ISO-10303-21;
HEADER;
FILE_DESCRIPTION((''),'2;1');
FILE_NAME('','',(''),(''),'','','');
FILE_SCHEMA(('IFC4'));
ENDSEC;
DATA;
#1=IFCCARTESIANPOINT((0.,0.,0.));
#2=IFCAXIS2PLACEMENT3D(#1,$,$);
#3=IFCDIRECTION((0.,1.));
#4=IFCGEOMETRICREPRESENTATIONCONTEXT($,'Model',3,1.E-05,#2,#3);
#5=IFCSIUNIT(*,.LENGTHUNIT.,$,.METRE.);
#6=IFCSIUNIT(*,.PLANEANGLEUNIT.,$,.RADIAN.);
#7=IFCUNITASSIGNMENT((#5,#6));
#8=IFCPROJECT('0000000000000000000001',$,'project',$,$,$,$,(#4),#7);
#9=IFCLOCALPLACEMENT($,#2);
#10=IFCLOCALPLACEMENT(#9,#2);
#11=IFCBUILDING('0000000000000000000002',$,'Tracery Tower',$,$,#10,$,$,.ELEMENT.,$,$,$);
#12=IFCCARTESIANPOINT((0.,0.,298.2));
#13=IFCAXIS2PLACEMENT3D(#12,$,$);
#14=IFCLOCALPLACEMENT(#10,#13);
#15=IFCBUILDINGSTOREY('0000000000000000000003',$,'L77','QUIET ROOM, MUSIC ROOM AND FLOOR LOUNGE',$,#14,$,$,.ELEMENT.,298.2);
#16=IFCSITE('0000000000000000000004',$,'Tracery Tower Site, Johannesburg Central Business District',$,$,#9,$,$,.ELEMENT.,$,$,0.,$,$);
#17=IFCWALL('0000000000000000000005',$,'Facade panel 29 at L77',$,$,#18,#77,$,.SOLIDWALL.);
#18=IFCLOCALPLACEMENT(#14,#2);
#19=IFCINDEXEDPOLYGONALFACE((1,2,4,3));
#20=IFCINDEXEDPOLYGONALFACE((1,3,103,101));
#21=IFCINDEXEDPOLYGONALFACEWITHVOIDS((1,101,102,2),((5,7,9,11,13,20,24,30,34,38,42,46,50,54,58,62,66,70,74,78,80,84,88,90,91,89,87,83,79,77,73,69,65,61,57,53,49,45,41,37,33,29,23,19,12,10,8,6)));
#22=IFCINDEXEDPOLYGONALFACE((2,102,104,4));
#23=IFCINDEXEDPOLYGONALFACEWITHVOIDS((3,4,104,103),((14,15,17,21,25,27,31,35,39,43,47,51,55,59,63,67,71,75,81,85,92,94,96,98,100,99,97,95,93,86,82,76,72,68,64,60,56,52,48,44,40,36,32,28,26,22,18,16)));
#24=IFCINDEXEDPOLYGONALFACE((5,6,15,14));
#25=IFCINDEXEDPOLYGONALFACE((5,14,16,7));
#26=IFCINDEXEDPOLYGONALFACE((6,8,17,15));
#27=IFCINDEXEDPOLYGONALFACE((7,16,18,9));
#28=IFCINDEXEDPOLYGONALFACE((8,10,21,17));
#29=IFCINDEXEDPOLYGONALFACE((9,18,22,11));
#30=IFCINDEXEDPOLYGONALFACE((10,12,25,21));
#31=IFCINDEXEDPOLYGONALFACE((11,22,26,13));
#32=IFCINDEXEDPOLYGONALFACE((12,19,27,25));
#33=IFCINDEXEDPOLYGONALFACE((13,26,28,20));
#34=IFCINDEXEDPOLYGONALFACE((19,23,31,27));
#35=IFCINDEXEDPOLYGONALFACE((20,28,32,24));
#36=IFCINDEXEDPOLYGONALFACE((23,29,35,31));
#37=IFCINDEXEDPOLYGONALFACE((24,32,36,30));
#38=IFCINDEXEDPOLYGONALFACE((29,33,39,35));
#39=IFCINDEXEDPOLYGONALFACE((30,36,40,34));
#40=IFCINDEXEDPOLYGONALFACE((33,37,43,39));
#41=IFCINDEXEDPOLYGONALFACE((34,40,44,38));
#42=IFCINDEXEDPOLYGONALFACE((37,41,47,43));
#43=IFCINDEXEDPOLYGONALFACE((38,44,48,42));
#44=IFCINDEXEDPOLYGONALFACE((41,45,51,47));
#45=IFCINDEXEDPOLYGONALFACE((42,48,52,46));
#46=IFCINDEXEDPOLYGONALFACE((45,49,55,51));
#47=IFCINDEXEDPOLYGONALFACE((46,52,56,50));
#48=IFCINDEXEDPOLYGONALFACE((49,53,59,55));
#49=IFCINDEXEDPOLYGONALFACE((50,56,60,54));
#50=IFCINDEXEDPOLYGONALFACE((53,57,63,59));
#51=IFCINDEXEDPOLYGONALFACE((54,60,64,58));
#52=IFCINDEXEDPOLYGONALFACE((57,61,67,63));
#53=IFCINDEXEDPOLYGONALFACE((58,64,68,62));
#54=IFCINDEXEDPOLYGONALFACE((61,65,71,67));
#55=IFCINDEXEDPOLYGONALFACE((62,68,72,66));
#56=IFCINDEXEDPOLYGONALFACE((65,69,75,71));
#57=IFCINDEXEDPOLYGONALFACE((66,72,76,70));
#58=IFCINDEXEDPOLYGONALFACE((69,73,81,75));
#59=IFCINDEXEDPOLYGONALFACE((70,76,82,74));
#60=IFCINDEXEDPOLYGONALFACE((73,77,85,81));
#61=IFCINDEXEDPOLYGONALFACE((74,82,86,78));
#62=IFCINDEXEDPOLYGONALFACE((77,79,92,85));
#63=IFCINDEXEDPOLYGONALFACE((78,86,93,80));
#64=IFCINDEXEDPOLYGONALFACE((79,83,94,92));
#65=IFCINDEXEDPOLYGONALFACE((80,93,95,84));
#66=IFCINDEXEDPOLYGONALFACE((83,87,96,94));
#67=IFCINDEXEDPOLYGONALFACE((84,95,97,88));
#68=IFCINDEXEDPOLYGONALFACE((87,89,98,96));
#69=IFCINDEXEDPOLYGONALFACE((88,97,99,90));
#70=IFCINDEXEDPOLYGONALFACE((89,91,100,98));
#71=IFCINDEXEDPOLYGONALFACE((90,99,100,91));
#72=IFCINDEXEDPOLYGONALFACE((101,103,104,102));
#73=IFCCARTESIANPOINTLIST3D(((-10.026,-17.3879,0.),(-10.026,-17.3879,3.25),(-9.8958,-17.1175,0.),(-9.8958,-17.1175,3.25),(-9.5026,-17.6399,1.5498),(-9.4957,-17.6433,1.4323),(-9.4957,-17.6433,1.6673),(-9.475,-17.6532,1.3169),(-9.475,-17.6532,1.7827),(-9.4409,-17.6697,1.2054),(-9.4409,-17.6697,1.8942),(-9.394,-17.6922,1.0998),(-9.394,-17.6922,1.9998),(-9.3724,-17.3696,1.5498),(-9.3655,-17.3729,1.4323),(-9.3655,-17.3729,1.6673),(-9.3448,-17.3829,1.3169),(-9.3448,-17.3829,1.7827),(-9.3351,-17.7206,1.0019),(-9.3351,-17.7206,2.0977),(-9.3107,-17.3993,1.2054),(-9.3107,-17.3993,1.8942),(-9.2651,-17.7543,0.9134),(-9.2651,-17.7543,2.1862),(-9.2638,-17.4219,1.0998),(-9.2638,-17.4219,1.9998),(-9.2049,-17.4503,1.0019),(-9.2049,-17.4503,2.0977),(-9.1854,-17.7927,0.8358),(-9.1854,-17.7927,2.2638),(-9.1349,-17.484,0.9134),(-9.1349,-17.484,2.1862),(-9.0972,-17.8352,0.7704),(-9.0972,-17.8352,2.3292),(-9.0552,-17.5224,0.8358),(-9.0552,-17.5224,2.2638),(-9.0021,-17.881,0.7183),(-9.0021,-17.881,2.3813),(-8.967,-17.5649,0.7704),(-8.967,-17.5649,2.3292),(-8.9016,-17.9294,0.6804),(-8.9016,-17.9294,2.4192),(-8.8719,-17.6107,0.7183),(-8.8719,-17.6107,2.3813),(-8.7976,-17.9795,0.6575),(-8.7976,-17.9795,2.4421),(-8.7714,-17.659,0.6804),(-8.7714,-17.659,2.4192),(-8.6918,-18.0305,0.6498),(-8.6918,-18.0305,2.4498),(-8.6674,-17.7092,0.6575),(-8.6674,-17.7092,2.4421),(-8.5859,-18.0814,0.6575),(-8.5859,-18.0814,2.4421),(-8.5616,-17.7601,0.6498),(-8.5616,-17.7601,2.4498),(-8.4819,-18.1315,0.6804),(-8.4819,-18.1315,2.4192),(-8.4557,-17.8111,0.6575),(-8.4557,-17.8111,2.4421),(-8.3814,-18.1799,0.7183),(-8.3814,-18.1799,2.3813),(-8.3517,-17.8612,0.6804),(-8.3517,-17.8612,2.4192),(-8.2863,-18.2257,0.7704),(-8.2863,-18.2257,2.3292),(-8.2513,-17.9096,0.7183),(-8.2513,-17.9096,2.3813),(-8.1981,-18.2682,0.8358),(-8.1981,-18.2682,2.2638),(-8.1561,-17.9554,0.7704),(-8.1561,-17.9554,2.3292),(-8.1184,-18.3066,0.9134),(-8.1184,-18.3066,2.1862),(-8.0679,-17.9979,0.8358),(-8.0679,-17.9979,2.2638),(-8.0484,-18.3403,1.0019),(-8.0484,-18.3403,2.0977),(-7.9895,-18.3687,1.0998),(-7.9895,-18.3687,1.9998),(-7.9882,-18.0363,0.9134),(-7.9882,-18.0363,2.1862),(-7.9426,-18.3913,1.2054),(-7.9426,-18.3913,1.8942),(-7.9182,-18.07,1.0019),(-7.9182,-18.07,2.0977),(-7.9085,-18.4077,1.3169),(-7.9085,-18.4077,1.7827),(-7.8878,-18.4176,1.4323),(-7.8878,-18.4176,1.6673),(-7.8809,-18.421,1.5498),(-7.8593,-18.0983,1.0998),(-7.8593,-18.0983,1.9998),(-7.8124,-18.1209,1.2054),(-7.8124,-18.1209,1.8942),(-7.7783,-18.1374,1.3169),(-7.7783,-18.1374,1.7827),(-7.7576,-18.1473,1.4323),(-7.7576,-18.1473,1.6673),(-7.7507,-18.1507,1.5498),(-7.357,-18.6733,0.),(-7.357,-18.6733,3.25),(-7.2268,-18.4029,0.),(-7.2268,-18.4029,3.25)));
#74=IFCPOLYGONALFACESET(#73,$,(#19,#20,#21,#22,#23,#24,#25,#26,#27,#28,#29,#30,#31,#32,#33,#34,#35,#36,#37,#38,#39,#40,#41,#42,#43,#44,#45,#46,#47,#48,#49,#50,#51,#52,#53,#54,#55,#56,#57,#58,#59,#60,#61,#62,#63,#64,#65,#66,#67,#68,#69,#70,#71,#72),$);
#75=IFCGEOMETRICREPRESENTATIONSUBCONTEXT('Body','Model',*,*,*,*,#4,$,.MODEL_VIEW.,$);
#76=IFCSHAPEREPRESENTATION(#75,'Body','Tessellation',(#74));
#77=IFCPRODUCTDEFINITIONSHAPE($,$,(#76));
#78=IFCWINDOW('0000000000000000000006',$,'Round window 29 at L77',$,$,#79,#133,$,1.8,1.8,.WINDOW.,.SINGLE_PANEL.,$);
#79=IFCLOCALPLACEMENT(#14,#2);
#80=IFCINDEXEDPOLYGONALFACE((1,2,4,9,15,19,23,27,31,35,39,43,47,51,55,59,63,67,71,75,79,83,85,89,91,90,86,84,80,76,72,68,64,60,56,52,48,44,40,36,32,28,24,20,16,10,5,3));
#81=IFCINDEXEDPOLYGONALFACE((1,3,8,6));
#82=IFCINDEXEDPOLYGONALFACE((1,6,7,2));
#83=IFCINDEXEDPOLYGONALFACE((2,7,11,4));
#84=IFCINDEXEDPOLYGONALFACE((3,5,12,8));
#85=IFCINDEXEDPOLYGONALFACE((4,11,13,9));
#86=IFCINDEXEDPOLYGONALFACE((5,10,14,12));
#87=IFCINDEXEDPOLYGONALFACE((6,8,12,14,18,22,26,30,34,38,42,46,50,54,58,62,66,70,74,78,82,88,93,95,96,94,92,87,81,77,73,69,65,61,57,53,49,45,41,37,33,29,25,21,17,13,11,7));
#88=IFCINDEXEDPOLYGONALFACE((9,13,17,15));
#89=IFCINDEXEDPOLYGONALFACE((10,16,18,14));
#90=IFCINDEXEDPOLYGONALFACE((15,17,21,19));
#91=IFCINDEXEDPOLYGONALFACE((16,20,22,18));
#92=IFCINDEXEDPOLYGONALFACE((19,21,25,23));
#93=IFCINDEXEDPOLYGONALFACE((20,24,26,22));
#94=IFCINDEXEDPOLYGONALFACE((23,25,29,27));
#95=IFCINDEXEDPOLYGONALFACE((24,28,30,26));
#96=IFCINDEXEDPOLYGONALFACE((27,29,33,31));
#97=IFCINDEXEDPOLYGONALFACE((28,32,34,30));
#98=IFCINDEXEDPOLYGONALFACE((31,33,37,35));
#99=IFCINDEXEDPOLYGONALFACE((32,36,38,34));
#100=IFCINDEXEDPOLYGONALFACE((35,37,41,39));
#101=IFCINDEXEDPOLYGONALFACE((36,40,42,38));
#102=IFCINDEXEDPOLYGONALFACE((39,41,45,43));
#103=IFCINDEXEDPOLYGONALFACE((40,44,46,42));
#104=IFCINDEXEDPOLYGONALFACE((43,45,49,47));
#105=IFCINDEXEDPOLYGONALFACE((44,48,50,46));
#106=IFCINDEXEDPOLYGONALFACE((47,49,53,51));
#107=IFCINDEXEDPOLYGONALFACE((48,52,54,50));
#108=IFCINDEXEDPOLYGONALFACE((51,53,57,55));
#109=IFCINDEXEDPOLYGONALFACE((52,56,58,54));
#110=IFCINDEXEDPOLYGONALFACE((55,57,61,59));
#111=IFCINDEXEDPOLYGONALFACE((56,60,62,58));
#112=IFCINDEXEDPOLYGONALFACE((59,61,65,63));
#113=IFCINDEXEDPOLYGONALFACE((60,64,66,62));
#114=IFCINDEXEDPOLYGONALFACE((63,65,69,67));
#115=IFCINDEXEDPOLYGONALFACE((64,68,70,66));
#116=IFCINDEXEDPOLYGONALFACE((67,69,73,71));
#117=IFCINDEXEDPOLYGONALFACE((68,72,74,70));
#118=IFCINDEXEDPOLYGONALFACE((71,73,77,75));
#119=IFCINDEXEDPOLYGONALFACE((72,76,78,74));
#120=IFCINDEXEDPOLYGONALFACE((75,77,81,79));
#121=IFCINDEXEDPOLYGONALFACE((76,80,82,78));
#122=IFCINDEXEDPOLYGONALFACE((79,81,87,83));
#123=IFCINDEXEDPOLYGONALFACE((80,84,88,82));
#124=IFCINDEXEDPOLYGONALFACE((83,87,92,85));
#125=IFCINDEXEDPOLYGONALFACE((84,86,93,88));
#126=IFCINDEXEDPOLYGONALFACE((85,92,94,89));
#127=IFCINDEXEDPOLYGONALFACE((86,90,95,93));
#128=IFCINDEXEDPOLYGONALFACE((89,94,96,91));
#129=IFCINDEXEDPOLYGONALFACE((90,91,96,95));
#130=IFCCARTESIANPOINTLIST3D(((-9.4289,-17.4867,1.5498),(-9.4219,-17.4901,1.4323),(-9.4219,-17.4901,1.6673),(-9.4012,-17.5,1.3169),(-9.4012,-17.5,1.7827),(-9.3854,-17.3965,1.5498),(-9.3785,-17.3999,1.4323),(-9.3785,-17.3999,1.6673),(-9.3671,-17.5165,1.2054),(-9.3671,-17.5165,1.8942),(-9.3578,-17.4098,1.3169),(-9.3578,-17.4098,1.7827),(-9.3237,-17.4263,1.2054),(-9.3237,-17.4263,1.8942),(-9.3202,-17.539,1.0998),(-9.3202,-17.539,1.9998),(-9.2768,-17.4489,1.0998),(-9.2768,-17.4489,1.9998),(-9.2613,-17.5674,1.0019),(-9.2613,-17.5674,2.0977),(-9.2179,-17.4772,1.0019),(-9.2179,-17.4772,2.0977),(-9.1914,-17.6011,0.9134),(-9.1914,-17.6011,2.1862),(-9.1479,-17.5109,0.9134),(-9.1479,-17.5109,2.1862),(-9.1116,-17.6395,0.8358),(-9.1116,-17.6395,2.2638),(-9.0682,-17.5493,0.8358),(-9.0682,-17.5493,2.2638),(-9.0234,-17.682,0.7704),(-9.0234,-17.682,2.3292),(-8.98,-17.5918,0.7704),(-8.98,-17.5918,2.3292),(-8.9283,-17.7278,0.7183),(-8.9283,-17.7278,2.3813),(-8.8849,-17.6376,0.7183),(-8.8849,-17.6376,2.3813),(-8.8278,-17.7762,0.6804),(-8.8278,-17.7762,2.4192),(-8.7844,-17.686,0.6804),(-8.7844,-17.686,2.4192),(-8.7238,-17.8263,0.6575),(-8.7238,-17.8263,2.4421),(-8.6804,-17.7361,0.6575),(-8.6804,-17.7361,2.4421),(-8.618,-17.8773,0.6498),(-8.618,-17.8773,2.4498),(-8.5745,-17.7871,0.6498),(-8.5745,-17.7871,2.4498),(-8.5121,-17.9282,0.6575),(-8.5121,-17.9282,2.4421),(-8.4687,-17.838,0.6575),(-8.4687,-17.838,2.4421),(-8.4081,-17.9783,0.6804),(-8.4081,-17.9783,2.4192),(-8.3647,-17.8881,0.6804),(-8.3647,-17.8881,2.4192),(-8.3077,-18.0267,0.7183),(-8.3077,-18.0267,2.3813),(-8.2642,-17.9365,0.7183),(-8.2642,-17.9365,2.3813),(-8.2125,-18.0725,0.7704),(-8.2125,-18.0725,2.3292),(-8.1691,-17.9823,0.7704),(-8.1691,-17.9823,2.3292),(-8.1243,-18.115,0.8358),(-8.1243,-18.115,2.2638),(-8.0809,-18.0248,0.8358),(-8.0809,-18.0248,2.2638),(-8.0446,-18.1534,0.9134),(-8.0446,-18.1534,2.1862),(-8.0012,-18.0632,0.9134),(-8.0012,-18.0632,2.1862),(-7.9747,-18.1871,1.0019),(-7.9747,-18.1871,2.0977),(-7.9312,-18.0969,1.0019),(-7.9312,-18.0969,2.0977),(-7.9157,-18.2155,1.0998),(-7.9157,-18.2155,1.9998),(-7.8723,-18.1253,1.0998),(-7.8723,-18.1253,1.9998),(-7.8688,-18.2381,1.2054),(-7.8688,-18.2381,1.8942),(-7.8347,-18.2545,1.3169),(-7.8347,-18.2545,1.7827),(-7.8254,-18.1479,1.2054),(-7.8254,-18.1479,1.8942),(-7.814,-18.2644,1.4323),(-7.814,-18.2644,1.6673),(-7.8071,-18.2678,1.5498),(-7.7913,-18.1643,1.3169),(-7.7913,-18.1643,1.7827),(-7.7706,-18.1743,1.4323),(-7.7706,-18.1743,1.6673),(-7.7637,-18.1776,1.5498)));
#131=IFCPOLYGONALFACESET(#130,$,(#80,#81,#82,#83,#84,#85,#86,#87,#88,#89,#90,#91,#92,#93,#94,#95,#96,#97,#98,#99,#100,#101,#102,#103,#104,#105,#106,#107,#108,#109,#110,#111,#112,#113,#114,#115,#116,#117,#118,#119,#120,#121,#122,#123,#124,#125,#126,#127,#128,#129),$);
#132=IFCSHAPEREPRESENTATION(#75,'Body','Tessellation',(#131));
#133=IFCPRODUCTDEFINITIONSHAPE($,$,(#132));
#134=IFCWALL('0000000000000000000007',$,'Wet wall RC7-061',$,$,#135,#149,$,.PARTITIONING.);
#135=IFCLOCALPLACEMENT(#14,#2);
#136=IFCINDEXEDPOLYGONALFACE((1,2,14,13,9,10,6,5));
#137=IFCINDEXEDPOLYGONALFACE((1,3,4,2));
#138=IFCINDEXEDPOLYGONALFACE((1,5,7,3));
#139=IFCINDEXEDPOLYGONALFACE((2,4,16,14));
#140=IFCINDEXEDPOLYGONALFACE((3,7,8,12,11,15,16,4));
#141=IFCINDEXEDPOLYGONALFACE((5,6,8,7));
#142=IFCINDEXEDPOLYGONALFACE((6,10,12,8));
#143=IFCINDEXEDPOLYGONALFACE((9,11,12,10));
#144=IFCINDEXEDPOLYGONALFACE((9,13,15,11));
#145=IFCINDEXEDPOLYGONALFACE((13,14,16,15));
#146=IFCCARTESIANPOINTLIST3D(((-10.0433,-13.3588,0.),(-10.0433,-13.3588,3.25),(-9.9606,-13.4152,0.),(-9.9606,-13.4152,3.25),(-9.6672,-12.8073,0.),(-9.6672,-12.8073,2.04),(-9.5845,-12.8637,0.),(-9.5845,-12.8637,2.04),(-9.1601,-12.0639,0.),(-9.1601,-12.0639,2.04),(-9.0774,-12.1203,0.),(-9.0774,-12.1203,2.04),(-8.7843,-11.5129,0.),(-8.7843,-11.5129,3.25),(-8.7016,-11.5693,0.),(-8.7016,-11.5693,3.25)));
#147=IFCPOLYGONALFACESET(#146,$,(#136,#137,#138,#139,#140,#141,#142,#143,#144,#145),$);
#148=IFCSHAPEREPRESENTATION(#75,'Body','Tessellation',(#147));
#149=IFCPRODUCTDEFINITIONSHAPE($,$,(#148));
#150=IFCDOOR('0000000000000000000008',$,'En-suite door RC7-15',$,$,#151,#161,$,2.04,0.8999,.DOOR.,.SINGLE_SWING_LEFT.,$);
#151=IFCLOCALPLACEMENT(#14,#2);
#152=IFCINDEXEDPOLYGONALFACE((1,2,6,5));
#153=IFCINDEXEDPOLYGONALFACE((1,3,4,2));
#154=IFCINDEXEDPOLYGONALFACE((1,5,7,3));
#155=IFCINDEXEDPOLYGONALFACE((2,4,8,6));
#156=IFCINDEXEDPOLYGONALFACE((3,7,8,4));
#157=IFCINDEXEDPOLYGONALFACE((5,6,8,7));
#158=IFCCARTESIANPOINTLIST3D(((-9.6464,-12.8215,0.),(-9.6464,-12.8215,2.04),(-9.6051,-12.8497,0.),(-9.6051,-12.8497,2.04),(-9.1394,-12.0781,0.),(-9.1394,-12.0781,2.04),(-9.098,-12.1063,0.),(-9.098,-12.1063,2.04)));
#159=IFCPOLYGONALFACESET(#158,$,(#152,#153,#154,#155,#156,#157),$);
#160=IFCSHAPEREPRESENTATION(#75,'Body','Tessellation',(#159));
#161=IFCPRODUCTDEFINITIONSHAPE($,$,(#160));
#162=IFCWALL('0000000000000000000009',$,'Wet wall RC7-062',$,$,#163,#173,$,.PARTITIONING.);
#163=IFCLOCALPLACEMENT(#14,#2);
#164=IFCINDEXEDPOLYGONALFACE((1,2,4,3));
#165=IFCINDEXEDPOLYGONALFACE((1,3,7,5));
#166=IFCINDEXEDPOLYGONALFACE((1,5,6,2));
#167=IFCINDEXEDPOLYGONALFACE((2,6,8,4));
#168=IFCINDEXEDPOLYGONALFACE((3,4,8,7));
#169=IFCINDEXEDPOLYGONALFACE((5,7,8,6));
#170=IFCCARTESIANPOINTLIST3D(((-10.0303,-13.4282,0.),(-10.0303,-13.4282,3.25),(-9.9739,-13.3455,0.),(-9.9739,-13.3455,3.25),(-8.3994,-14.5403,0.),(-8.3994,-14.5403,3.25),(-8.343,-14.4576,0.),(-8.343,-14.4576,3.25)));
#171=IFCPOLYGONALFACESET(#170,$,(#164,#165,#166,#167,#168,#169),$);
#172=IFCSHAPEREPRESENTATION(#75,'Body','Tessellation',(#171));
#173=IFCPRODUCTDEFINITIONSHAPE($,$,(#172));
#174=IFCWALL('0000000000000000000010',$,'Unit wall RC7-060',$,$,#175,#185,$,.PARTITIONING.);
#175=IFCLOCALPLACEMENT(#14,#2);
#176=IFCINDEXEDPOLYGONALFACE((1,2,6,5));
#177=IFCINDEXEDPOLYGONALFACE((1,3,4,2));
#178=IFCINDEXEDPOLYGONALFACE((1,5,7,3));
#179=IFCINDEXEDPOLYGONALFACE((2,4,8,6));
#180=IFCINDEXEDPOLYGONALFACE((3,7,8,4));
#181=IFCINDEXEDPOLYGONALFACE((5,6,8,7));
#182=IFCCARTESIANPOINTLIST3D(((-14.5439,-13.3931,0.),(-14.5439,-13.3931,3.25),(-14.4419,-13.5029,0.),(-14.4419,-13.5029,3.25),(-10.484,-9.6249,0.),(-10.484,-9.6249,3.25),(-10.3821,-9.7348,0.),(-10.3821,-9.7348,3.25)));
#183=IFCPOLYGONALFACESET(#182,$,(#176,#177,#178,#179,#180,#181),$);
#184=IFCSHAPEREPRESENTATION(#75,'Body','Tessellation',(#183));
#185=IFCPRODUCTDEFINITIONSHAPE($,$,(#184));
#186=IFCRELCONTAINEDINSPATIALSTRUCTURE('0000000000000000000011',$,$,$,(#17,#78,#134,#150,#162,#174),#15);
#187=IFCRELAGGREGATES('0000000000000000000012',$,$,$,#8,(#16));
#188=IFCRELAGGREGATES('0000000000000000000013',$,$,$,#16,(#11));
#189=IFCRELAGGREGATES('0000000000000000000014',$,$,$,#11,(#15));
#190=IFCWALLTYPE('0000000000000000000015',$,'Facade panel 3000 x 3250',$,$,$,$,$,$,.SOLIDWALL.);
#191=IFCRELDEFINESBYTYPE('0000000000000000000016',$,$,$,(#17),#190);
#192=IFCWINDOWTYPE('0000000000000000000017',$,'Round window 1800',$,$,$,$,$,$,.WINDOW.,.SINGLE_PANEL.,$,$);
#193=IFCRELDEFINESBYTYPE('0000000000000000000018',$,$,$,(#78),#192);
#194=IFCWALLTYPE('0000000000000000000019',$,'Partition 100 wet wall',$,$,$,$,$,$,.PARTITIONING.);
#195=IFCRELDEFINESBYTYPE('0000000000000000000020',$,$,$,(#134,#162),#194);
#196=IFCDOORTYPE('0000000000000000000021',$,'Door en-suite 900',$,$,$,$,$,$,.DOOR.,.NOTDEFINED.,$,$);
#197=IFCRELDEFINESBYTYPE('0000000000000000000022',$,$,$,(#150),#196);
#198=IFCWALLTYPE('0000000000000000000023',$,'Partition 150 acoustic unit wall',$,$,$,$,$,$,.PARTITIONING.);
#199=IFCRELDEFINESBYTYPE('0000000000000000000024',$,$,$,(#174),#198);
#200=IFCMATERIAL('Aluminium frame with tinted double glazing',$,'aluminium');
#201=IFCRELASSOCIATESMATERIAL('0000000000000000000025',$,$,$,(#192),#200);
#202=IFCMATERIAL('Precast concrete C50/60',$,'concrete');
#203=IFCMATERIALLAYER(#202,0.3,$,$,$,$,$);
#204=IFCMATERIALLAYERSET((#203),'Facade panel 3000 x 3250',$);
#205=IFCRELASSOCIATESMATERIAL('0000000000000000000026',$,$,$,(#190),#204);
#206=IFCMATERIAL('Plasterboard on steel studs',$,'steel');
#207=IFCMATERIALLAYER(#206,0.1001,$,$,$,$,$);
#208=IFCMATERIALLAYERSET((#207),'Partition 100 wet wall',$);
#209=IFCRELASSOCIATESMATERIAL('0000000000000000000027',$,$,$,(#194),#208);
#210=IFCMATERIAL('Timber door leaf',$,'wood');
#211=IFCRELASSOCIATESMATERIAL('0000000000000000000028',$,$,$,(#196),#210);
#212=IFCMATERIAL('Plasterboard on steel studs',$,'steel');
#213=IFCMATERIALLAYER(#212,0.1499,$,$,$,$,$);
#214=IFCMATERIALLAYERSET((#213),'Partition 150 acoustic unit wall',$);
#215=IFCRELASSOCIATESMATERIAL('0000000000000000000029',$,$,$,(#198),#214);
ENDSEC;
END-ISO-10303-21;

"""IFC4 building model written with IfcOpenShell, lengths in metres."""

from ifc_helpers import new_model, si_unit, direction, frame, frame_2d, origin, origin_2d, place, context, subcontext, project, spatial, rectangle, circle, extrude, material, layer, layer_set, type_object, element, fill, save


model = new_model("IFC4")

# Units and contexts
model_context = context("Model", 3, precision=1e-05, world=origin(), true_north=direction((0.0, 1.0)))
body_context = subcontext(model_context, "Body", "Model", "MODEL_VIEW")
ifc_project = project(units=[si_unit("LENGTHUNIT", "METRE"), si_unit("PLANEANGLEUNIT", "RADIAN")], contexts=[model_context])

# Site, building, storey
site_placement = place(None, origin())
site = spatial("IfcSite", under=ifc_project, at=site_placement, Name="Tracery Tower Site, Johannesburg Central Business District", CompositionType="ELEMENT", RefElevation=0.0)
building_placement = place(site_placement, origin())
building = spatial("IfcBuilding", under=site, at=building_placement, Name="Tracery Tower", CompositionType="ELEMENT")
storey_placement = place(building_placement, frame((0.0, 0.0, 298.2)))
storey = spatial("IfcBuildingStorey", under=building, at=storey_placement, Name="L77", Description="QUIET ROOM, MUSIC ROOM AND FLOOR LOUNGE", CompositionType="ELEMENT", Elevation=298.2)

# Wall, opening, window
ifc_material_1 = material(Name="Aluminium frame with tinted double glazing", Category="aluminium")
window_type = type_object("IfcWindowType", Name="Round window 1800", PartitioningType="SINGLE_PANEL", PredefinedType="WINDOW", material=ifc_material_1)
ifc_material_2 = material(Name="Precast concrete C50/60", Category="concrete")
ifc_layer_1 = layer(ifc_material_2, 0.3)
ifc_layer_set_1 = layer_set([ifc_layer_1], Name="Facade panel 3000 x 3250")
wall_type_1 = type_object("IfcWallType", Name="Facade panel 3000 x 3250", PredefinedType="SOLIDWALL", material=ifc_layer_set_1)
wall_1_placement = place(storey_placement, frame((-9.9609, -17.2527, 0.0), z_axis=(0.0, 0.0, 1.0), x_axis=(0.900955, -0.433912, 0.0)))
wall_1 = element("IfcWall", 1, at=wall_1_placement, inside=storey, type_object=wall_type_1, Name="Facade panel 29 at L77", PredefinedType="SOLIDWALL", context=body_context, shape_type="SweptSolid", body=[
    extrude(rectangle(XDim=2.9624, YDim=0.3, at=frame_2d((1.4812, 0.0))), origin(), (0.0, 0.0, 1.0), 3.25),
])
opening_1_placement = place(wall_1_placement, frame((1.481, 0.0, 1.5498)))
opening_1 = element("IfcOpeningElement", 2, at=opening_1_placement, cuts=wall_1, PredefinedType="OPENING", context=body_context, shape_type="SweptSolid", body=[
    extrude(circle(Radius=0.9, at=origin_2d()), frame((0.0, 0.1599, 0.0), z_axis=(0.0, -1.0, 0.0), x_axis=(1.0, 0.0, 0.0)), (0.0, 0.0, 1.0), 0.3201),
])
window_1_placement = place(opening_1_placement, origin())
window_1 = element("IfcWindow", 3, at=window_1_placement, inside=storey, type_object=window_type, Name="Round window 29 at L77", OverallHeight=1.8, OverallWidth=1.8, PartitioningType="SINGLE_PANEL", PredefinedType="WINDOW", context=body_context, shape_type="SweptSolid", body=[
    extrude(circle(Radius=0.9, at=origin_2d()), frame((0.0, 0.1201, 0.0), z_axis=(0.0, -1.0, 0.0), x_axis=(1.0, 0.0, 0.0)), (0.0, 0.0, 1.0), 0.1001),
])
fill(opening_1, window_1)

# Wall, opening, door
ifc_material_3 = material(Name="Plasterboard on steel studs", Category="steel")
ifc_layer_2 = layer(ifc_material_3, 0.1001)
ifc_layer_set_2 = layer_set([ifc_layer_2], Name="Partition 100 wet wall")
wall_type_2 = type_object("IfcWallType", Name="Partition 100 wet wall", PredefinedType="PARTITIONING", material=ifc_layer_set_2)
wall_2_placement = place(storey_placement, frame((-10.002, -13.387, 0.0), z_axis=(0.0, 0.0, 1.0), x_axis=(0.563469, 0.826137, 0.0)))
wall_2 = element("IfcWall", 4, at=wall_2_placement, inside=storey, type_object=wall_type_2, Name="Wet wall RC7-061", PredefinedType="PARTITIONING", context=body_context, shape_type="SweptSolid", body=[
    extrude(rectangle(XDim=2.2344, YDim=0.1001, at=frame_2d((1.1172, 0.0))), origin(), (0.0, 0.0, 1.0), 3.25),
])
opening_2_placement = place(wall_2_placement, frame((0.6675, 0.0, 0.0)))
opening_2 = element("IfcOpeningElement", 5, at=opening_2_placement, cuts=wall_2, PredefinedType="OPENING", context=body_context, shape_type="SweptSolid", body=[
    extrude(rectangle(XDim=0.8999, YDim=2.04, at=frame_2d((0.45, 1.02))), frame((0.0, 0.05, 0.0), z_axis=(0.0, -1.0, 0.0), x_axis=(1.0, 0.0, 0.0)), (0.0, 0.0, 1.0), 0.1001),
])
ifc_material_4 = material(Name="Timber door leaf", Category="wood")
door_type = type_object("IfcDoorType", Name="Door en-suite 900", OperationType="NOTDEFINED", PredefinedType="DOOR", material=ifc_material_4)
door_placement = place(opening_2_placement, origin())
door = element("IfcDoor", 6, at=door_placement, inside=storey, type_object=door_type, Name="En-suite door RC7-15", OperationType="SINGLE_SWING_LEFT", OverallHeight=2.04, OverallWidth=0.8999, PredefinedType="DOOR", context=body_context, shape_type="SweptSolid", body=[
    extrude(rectangle(XDim=0.8999, YDim=2.04, at=frame_2d((0.45, 1.02))), frame((0.0, 0.0249, 0.0), z_axis=(0.0, -1.0, 0.0), x_axis=(1.0, 0.0, 0.0)), (0.0, 0.0, 1.0), 0.05),
])
fill(opening_2, door)

# Walls
wall_3_placement = place(storey_placement, frame((-10.002, -13.387, 0.0), z_axis=(0.0, 0.0, 1.0), x_axis=(0.826201, -0.563375, 0.0)))
element("IfcWall", 7, at=wall_3_placement, inside=storey, type_object=wall_type_2, Name="Wet wall RC7-062", PredefinedType="PARTITIONING", context=body_context, shape_type="SweptSolid", body=[
    extrude(rectangle(XDim=1.9739, YDim=0.1001, at=frame_2d((0.9868, 0.0))), origin(), (0.0, 0.0, 1.0), 3.25),
])
ifc_material_5 = material(Name="Plasterboard on steel studs", Category="steel")
ifc_layer_3 = layer(ifc_material_5, 0.1499)
ifc_layer_set_3 = layer_set([ifc_layer_3], Name="Partition 150 acoustic unit wall")
wall_type_3 = type_object("IfcWallType", Name="Partition 150 acoustic unit wall", PredefinedType="PARTITIONING", material=ifc_layer_set_3)
wall_4_placement = place(storey_placement, frame((-14.4929, -13.448, 0.0), z_axis=(0.0, 0.0, 1.0), x_axis=(0.732952, 0.68028, 0.0)))
element("IfcWall", 8, at=wall_4_placement, inside=storey, type_object=wall_type_3, Name="Unit wall RC7-060", PredefinedType="PARTITIONING", context=body_context, shape_type="SweptSolid", body=[
    extrude(rectangle(XDim=5.5391, YDim=0.1499, at=frame_2d((2.7695, 0.0))), origin(), (0.0, 0.0, 1.0), 3.25),
])

save(model, "model.ifc")
